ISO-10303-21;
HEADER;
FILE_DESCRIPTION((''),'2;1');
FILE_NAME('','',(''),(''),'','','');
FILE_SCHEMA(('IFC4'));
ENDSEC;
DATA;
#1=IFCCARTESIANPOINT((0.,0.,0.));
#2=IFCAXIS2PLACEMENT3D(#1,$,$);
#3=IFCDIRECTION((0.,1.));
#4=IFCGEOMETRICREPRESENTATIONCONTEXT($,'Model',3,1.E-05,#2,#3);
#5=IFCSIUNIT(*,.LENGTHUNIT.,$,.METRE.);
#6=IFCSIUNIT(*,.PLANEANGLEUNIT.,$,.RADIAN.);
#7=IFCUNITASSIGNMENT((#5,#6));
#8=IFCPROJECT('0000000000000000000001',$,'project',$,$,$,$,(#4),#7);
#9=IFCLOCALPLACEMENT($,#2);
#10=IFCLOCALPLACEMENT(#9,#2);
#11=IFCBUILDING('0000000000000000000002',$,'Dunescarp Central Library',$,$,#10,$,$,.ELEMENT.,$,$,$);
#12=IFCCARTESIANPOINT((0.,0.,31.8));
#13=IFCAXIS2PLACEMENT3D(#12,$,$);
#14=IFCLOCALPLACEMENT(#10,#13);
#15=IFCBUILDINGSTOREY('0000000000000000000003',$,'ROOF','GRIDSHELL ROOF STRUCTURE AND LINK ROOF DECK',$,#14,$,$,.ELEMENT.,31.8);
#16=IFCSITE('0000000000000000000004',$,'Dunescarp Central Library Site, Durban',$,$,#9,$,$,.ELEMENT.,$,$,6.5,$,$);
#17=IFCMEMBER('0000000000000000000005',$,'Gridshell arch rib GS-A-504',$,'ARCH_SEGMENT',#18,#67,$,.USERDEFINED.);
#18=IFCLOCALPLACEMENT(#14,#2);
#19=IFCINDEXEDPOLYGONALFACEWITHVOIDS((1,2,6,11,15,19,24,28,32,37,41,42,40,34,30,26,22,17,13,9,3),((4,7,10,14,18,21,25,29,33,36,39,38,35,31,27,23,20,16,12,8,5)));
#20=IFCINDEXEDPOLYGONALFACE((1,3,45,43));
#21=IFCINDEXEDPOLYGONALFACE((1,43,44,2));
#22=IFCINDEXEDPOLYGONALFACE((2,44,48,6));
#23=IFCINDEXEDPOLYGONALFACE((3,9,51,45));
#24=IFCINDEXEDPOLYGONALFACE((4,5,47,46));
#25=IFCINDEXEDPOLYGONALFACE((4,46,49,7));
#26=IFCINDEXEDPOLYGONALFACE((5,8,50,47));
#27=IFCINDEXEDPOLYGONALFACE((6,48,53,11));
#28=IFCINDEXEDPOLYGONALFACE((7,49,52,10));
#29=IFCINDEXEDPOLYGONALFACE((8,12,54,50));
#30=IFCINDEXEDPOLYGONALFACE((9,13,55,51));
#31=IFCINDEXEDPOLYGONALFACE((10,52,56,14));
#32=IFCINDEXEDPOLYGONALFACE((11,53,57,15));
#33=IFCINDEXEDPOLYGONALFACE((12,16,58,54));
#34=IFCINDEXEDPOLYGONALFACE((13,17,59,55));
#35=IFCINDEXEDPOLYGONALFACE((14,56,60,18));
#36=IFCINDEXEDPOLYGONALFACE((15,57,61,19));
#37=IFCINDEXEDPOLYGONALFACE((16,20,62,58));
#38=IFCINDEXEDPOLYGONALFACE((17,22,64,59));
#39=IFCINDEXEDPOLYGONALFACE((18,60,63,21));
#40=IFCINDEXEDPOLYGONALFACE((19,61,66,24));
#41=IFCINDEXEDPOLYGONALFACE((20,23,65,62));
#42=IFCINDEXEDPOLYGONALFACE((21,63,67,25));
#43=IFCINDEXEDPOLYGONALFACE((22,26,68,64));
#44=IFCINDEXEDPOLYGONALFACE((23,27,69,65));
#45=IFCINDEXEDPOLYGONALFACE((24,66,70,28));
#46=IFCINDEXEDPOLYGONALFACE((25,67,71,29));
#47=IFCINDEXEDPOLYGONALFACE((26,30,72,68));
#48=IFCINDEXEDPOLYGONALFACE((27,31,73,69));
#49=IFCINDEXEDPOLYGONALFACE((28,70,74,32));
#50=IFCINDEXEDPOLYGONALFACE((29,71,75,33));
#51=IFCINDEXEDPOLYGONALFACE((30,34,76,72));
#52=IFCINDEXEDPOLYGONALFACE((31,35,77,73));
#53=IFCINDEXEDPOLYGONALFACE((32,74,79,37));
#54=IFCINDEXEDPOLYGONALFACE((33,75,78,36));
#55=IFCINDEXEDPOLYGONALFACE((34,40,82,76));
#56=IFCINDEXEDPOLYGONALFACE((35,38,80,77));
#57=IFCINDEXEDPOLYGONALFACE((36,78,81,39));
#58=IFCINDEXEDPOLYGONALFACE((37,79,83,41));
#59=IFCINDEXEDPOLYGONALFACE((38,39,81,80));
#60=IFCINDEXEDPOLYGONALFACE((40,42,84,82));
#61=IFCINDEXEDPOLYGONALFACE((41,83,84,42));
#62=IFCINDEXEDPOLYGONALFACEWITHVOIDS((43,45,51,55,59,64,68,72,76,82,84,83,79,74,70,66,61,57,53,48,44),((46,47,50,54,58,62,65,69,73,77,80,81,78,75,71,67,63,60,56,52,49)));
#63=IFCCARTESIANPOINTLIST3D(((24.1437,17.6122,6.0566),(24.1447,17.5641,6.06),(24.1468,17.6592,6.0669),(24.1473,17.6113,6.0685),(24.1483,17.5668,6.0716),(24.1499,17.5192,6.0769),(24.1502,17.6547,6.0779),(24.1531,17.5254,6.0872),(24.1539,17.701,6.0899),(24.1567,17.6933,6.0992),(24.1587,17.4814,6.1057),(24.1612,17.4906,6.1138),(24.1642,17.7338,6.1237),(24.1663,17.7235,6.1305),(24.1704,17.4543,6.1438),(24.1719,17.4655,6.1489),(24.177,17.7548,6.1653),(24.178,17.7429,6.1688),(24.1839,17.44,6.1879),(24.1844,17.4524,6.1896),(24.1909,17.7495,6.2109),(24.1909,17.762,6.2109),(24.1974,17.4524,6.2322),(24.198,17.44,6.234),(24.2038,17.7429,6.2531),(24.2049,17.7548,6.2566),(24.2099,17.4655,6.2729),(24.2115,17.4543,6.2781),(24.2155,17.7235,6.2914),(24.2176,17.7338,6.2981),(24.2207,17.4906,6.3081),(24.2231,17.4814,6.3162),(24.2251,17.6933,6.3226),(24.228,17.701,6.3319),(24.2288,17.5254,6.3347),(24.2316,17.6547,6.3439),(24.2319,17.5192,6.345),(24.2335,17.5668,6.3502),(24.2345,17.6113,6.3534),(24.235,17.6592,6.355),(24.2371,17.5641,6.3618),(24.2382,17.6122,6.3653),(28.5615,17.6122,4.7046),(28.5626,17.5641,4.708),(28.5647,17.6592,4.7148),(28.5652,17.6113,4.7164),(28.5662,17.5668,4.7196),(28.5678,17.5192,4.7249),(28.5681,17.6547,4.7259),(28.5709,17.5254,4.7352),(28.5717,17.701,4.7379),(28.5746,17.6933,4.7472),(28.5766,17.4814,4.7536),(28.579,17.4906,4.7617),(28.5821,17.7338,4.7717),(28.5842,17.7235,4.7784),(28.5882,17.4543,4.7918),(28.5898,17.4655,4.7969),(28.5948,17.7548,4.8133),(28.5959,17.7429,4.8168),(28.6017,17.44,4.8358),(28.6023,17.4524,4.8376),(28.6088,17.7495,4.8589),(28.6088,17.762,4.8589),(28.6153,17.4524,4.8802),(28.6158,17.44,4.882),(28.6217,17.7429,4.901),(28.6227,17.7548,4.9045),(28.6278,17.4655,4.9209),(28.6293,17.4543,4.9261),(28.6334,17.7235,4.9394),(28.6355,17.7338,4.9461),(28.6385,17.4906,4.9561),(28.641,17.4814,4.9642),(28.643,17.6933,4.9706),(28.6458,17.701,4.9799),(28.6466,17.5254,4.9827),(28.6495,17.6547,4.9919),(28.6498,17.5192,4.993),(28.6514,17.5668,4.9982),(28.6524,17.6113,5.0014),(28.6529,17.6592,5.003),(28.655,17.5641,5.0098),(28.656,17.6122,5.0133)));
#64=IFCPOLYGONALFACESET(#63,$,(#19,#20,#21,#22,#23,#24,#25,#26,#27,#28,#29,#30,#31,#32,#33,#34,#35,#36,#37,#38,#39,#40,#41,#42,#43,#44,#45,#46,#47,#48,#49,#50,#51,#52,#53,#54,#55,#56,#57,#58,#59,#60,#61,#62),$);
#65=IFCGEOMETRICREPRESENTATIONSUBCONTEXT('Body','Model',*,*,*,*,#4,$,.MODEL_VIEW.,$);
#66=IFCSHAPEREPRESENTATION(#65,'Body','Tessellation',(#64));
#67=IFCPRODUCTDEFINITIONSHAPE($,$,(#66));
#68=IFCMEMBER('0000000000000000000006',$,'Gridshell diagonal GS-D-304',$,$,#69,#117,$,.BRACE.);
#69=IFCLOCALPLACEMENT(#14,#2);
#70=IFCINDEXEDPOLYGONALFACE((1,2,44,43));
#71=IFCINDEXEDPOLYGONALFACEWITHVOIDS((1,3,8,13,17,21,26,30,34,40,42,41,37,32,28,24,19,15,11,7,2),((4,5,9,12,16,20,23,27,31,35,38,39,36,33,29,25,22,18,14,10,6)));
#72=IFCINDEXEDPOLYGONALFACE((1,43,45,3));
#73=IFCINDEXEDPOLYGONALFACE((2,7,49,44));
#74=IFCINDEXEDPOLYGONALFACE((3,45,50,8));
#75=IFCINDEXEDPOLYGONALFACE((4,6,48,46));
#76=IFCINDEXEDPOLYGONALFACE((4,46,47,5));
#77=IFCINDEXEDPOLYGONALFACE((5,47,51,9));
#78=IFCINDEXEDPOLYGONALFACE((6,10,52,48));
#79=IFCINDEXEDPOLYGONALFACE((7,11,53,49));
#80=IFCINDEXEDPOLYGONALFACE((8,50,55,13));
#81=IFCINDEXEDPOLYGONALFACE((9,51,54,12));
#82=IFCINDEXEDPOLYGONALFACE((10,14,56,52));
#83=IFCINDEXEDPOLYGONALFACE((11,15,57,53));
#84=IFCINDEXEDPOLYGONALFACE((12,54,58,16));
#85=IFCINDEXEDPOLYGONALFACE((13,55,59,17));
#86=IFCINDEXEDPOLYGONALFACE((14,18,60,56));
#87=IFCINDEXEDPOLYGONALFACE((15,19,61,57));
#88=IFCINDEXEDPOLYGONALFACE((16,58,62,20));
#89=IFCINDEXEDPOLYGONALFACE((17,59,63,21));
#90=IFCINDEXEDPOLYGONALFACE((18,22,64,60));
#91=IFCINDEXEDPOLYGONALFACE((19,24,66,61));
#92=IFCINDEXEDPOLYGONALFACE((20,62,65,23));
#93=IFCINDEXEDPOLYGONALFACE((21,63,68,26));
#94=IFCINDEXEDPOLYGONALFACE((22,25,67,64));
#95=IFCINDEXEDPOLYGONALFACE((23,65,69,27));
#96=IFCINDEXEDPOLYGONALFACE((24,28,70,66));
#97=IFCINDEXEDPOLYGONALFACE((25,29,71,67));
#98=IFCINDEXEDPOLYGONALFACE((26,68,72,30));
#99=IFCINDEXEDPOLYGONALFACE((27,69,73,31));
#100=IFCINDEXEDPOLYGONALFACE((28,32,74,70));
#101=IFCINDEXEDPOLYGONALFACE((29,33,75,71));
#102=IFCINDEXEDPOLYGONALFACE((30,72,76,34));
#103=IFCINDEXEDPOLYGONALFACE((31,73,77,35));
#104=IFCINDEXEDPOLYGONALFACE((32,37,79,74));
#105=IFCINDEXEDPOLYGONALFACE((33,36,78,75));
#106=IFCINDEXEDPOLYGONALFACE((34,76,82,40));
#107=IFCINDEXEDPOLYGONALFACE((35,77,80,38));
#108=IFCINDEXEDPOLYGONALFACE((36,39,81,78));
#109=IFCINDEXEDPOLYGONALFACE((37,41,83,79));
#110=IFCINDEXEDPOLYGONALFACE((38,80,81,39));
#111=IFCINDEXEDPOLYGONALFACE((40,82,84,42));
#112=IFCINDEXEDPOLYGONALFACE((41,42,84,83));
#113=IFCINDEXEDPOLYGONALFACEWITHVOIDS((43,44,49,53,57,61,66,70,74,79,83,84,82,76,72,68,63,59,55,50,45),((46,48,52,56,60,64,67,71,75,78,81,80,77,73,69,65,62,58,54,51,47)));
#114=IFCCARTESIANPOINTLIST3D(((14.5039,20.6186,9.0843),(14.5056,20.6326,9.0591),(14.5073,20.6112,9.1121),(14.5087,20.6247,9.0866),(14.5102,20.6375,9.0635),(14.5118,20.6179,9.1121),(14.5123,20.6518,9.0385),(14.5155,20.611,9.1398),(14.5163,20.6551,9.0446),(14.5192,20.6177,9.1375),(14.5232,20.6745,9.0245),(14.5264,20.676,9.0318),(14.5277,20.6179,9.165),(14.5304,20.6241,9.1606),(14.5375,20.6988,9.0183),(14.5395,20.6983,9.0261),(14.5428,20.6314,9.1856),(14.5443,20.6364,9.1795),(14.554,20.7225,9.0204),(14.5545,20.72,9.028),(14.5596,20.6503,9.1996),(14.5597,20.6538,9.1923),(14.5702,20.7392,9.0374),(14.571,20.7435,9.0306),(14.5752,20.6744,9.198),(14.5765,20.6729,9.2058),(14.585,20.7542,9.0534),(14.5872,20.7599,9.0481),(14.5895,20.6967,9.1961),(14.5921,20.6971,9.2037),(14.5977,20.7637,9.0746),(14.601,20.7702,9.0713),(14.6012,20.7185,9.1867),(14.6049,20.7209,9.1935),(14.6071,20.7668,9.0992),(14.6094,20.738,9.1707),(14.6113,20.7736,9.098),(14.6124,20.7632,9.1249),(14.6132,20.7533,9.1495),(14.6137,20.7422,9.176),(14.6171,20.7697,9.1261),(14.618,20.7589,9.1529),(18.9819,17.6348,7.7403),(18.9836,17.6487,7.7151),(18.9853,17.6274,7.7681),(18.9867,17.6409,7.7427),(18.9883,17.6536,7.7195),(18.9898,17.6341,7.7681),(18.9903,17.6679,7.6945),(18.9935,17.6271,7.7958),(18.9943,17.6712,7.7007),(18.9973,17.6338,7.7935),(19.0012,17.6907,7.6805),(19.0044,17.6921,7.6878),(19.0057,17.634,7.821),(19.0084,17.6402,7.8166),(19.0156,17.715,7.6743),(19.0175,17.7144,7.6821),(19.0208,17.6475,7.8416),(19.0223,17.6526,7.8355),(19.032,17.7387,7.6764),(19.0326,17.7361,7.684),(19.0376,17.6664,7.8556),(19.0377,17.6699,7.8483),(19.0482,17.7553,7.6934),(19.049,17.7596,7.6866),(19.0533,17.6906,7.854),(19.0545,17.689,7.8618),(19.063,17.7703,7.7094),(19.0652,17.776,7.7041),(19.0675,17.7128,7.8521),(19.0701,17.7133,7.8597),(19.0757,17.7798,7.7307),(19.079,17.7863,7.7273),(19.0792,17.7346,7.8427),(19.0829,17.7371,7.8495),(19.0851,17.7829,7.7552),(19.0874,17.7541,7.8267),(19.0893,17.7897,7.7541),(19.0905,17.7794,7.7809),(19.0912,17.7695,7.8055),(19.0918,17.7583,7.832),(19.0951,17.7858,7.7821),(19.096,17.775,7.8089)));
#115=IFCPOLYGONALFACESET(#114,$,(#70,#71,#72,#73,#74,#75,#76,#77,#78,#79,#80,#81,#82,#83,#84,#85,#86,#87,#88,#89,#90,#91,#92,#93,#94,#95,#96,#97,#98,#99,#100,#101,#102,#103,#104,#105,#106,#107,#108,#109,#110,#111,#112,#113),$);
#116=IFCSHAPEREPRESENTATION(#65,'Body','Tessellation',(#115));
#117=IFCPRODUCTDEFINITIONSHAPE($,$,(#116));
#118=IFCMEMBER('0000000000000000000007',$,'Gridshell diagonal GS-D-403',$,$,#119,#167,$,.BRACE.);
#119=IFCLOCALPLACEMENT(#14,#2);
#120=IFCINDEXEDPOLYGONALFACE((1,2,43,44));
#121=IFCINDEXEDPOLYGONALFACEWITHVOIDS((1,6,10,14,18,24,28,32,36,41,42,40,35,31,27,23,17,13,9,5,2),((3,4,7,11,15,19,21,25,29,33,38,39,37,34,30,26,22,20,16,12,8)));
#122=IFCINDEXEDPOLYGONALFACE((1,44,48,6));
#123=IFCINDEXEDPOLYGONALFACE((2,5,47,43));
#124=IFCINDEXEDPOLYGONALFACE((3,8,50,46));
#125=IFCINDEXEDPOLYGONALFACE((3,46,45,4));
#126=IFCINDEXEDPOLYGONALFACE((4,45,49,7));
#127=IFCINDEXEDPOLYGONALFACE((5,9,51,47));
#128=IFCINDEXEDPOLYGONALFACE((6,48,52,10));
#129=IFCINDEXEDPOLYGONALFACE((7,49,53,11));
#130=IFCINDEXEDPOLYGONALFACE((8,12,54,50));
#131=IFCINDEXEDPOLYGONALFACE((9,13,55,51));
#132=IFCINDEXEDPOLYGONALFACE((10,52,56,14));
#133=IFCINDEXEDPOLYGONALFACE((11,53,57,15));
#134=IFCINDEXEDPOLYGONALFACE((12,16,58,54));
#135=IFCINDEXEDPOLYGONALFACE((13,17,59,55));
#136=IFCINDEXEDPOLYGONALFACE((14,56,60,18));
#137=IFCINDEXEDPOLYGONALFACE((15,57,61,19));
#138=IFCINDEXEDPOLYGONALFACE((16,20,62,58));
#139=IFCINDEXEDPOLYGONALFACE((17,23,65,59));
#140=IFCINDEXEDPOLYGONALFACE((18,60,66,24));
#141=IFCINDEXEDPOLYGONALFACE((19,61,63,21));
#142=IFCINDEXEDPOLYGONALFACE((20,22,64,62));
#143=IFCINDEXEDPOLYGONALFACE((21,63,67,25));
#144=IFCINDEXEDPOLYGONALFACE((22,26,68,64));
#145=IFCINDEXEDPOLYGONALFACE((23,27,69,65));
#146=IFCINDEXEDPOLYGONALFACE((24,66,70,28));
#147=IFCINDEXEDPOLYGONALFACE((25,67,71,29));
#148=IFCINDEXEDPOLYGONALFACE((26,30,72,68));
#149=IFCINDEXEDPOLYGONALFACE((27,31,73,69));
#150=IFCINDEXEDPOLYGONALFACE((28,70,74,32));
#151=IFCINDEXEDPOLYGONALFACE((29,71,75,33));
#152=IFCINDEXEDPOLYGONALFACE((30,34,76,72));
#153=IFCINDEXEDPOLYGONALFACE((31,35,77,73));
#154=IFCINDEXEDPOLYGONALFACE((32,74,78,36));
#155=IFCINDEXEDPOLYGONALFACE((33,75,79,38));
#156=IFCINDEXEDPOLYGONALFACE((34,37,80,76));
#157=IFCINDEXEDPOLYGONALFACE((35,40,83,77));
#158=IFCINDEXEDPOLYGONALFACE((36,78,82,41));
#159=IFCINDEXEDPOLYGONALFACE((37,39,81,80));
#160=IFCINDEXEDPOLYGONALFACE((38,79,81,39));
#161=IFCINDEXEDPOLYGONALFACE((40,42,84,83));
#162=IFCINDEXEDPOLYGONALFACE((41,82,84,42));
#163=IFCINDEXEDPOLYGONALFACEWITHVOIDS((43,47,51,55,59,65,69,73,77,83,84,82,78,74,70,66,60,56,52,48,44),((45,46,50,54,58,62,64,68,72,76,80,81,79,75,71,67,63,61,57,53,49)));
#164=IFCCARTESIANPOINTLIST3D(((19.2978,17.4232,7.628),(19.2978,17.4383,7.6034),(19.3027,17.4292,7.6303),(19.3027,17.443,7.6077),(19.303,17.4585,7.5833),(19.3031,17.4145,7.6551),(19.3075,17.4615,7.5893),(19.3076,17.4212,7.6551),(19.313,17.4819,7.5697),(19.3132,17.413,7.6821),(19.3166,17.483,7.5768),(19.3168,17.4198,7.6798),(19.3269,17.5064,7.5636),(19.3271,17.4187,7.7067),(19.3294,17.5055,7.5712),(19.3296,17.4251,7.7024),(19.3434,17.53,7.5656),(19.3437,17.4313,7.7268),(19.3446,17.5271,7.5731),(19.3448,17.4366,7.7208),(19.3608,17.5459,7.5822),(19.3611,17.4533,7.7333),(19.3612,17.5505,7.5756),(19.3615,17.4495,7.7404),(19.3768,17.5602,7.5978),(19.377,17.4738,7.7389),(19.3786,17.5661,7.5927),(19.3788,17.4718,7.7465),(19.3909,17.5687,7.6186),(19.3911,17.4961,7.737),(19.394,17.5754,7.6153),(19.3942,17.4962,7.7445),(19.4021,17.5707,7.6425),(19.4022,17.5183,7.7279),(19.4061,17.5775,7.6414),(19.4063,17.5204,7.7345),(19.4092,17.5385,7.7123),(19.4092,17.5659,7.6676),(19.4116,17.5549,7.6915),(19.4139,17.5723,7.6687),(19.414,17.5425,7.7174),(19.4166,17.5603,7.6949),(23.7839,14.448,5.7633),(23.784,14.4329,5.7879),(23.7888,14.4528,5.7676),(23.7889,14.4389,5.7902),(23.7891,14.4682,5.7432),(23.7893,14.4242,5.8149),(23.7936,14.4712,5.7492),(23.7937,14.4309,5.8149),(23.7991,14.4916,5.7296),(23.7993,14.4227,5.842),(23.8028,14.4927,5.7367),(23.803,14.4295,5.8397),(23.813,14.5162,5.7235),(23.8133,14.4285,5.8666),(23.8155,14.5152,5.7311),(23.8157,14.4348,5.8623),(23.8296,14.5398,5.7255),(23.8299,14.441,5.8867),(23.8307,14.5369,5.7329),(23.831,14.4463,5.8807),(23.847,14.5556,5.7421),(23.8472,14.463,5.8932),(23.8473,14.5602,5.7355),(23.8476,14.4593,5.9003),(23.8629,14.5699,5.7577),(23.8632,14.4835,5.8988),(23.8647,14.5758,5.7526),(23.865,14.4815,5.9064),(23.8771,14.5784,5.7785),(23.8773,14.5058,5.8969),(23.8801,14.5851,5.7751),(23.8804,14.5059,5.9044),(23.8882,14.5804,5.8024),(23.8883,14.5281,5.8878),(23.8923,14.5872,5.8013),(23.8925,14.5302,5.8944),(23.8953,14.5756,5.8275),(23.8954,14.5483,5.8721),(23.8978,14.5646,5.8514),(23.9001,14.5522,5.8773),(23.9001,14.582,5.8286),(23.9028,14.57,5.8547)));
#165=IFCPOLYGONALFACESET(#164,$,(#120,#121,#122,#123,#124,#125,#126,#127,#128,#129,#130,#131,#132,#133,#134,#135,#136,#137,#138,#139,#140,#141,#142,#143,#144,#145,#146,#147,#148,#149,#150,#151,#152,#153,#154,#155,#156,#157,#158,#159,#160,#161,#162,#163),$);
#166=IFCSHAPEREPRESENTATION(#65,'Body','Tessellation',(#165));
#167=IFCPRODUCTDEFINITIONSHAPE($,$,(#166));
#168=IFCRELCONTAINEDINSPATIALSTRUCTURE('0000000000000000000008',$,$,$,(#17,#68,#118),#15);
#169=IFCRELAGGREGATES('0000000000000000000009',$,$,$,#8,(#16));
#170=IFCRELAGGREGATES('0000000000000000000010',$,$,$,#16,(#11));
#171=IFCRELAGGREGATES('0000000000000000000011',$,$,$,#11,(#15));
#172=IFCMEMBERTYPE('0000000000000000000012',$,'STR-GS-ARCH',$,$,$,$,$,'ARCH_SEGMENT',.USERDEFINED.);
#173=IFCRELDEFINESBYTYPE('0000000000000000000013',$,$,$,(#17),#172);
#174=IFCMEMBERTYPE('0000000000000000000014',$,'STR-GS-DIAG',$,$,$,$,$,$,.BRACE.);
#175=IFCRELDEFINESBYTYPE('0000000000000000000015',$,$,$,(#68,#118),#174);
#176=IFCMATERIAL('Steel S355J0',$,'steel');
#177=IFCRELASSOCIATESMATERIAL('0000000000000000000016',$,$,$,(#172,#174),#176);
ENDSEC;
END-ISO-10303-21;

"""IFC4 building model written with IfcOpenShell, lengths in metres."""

from ifc_helpers import new_model, si_unit, direction, frame, origin, origin_2d, place, context, subcontext, project, spatial, hollow_circle, extrude, material, material_profile, profile_set, type_object, element, save


model = new_model("IFC4")

# Units and contexts
model_context = context("Model", 3, precision=1e-05, world=origin(), true_north=direction((0.0, 1.0)))
body_context = subcontext(model_context, "Body", "Model", "MODEL_VIEW")
ifc_project = project(units=[si_unit("LENGTHUNIT", "METRE"), si_unit("PLANEANGLEUNIT", "RADIAN")], contexts=[model_context])

# Site, building, storey
site_placement = place(None, origin())
site = spatial("IfcSite", under=ifc_project, at=site_placement, Name="Dunescarp Central Library Site, Durban", CompositionType="ELEMENT", RefElevation=6.5)
building_placement = place(site_placement, origin())
building = spatial("IfcBuilding", under=site, at=building_placement, Name="Dunescarp Central Library", CompositionType="ELEMENT")
storey_placement = place(building_placement, frame((0.0, 0.0, 31.8)))
storey = spatial("IfcBuildingStorey", under=building, at=storey_placement, Name="ROOF", Description="GRIDSHELL ROOF STRUCTURE AND LINK ROOF DECK", CompositionType="ELEMENT", Elevation=31.8)

# Members
ifc_material_1 = material(Name="Steel S355J0", Category="steel")
ifc_material_profile_1 = material_profile(ifc_material_1, hollow_circle(Radius=0.1619, WallThickness=0.0125, at=origin_2d()), Name="CHS 323.9x12.5")
ifc_profile_set_1 = profile_set([ifc_material_profile_1], Name="Steel S355J0")
member_type_1 = type_object("IfcMemberType", Name="STR-GS-ARCH", ElementType="ARCH_SEGMENT", PredefinedType="USERDEFINED", material=ifc_profile_set_1)
member_1_placement = place(storey_placement, frame((24.1909, 17.6001, 6.2109), z_axis=(0.956223, 0.0, -0.292637), x_axis=(0.0, 1.0, 0.0)))
element("IfcMember", 1, at=member_1_placement, inside=storey, type_object=member_type_1, Name="Gridshell arch rib GS-A-504", ObjectType="ARCH_SEGMENT", PredefinedType="USERDEFINED", context=body_context, shape_type="SweptSolid", body=[
    extrude(hollow_circle(Radius=0.1619, WallThickness=0.0125, at=origin_2d()), origin(), (0.0, 0.0, 1.0), 4.6201),
])
ifc_material_profile_2 = material_profile(ifc_material_1, hollow_circle(Radius=0.0969, WallThickness=0.0081, at=origin_2d()), Name="CHS 193.7x8")
ifc_profile_set_2 = profile_set([ifc_material_profile_2], Name="Steel S355J0")
member_type_2 = type_object("IfcMemberType", Name="STR-GS-DIAG", PredefinedType="BRACE", material=ifc_profile_set_2)
member_2_placement = place(storey_placement, frame((19.0391, 17.708, 7.7681), z_axis=(-0.807374, 0.537986, 0.242318), x_axis=(-0.554512, -0.832176, 0.0)))
element("IfcMember", 2, at=member_2_placement, inside=storey, type_object=member_type_2, Name="Gridshell diagonal GS-D-304", PredefinedType="BRACE", context=body_context, shape_type="SweptSolid", body=[
    extrude(hollow_circle(Radius=0.0969, WallThickness=0.0081, at=origin_2d()), origin(), (0.0, 0.0, 1.0), 5.5464),
])
member_3_placement = place(storey_placement, frame((23.843, 14.5049, 5.8149), z_axis=(-0.787488, 0.524907, 0.32301), x_axis=(-0.554637, -0.832092, 0.0)))
element("IfcMember", 3, at=member_3_placement, inside=storey, type_object=member_type_2, Name="Gridshell diagonal GS-D-403", PredefinedType="BRACE", context=body_context, shape_type="SweptSolid", body=[
    extrude(hollow_circle(Radius=0.0969, WallThickness=0.0081, at=origin_2d()), origin(), (0.0, 0.0, 1.0), 5.6968),
])

save(model, "model.ifc")
